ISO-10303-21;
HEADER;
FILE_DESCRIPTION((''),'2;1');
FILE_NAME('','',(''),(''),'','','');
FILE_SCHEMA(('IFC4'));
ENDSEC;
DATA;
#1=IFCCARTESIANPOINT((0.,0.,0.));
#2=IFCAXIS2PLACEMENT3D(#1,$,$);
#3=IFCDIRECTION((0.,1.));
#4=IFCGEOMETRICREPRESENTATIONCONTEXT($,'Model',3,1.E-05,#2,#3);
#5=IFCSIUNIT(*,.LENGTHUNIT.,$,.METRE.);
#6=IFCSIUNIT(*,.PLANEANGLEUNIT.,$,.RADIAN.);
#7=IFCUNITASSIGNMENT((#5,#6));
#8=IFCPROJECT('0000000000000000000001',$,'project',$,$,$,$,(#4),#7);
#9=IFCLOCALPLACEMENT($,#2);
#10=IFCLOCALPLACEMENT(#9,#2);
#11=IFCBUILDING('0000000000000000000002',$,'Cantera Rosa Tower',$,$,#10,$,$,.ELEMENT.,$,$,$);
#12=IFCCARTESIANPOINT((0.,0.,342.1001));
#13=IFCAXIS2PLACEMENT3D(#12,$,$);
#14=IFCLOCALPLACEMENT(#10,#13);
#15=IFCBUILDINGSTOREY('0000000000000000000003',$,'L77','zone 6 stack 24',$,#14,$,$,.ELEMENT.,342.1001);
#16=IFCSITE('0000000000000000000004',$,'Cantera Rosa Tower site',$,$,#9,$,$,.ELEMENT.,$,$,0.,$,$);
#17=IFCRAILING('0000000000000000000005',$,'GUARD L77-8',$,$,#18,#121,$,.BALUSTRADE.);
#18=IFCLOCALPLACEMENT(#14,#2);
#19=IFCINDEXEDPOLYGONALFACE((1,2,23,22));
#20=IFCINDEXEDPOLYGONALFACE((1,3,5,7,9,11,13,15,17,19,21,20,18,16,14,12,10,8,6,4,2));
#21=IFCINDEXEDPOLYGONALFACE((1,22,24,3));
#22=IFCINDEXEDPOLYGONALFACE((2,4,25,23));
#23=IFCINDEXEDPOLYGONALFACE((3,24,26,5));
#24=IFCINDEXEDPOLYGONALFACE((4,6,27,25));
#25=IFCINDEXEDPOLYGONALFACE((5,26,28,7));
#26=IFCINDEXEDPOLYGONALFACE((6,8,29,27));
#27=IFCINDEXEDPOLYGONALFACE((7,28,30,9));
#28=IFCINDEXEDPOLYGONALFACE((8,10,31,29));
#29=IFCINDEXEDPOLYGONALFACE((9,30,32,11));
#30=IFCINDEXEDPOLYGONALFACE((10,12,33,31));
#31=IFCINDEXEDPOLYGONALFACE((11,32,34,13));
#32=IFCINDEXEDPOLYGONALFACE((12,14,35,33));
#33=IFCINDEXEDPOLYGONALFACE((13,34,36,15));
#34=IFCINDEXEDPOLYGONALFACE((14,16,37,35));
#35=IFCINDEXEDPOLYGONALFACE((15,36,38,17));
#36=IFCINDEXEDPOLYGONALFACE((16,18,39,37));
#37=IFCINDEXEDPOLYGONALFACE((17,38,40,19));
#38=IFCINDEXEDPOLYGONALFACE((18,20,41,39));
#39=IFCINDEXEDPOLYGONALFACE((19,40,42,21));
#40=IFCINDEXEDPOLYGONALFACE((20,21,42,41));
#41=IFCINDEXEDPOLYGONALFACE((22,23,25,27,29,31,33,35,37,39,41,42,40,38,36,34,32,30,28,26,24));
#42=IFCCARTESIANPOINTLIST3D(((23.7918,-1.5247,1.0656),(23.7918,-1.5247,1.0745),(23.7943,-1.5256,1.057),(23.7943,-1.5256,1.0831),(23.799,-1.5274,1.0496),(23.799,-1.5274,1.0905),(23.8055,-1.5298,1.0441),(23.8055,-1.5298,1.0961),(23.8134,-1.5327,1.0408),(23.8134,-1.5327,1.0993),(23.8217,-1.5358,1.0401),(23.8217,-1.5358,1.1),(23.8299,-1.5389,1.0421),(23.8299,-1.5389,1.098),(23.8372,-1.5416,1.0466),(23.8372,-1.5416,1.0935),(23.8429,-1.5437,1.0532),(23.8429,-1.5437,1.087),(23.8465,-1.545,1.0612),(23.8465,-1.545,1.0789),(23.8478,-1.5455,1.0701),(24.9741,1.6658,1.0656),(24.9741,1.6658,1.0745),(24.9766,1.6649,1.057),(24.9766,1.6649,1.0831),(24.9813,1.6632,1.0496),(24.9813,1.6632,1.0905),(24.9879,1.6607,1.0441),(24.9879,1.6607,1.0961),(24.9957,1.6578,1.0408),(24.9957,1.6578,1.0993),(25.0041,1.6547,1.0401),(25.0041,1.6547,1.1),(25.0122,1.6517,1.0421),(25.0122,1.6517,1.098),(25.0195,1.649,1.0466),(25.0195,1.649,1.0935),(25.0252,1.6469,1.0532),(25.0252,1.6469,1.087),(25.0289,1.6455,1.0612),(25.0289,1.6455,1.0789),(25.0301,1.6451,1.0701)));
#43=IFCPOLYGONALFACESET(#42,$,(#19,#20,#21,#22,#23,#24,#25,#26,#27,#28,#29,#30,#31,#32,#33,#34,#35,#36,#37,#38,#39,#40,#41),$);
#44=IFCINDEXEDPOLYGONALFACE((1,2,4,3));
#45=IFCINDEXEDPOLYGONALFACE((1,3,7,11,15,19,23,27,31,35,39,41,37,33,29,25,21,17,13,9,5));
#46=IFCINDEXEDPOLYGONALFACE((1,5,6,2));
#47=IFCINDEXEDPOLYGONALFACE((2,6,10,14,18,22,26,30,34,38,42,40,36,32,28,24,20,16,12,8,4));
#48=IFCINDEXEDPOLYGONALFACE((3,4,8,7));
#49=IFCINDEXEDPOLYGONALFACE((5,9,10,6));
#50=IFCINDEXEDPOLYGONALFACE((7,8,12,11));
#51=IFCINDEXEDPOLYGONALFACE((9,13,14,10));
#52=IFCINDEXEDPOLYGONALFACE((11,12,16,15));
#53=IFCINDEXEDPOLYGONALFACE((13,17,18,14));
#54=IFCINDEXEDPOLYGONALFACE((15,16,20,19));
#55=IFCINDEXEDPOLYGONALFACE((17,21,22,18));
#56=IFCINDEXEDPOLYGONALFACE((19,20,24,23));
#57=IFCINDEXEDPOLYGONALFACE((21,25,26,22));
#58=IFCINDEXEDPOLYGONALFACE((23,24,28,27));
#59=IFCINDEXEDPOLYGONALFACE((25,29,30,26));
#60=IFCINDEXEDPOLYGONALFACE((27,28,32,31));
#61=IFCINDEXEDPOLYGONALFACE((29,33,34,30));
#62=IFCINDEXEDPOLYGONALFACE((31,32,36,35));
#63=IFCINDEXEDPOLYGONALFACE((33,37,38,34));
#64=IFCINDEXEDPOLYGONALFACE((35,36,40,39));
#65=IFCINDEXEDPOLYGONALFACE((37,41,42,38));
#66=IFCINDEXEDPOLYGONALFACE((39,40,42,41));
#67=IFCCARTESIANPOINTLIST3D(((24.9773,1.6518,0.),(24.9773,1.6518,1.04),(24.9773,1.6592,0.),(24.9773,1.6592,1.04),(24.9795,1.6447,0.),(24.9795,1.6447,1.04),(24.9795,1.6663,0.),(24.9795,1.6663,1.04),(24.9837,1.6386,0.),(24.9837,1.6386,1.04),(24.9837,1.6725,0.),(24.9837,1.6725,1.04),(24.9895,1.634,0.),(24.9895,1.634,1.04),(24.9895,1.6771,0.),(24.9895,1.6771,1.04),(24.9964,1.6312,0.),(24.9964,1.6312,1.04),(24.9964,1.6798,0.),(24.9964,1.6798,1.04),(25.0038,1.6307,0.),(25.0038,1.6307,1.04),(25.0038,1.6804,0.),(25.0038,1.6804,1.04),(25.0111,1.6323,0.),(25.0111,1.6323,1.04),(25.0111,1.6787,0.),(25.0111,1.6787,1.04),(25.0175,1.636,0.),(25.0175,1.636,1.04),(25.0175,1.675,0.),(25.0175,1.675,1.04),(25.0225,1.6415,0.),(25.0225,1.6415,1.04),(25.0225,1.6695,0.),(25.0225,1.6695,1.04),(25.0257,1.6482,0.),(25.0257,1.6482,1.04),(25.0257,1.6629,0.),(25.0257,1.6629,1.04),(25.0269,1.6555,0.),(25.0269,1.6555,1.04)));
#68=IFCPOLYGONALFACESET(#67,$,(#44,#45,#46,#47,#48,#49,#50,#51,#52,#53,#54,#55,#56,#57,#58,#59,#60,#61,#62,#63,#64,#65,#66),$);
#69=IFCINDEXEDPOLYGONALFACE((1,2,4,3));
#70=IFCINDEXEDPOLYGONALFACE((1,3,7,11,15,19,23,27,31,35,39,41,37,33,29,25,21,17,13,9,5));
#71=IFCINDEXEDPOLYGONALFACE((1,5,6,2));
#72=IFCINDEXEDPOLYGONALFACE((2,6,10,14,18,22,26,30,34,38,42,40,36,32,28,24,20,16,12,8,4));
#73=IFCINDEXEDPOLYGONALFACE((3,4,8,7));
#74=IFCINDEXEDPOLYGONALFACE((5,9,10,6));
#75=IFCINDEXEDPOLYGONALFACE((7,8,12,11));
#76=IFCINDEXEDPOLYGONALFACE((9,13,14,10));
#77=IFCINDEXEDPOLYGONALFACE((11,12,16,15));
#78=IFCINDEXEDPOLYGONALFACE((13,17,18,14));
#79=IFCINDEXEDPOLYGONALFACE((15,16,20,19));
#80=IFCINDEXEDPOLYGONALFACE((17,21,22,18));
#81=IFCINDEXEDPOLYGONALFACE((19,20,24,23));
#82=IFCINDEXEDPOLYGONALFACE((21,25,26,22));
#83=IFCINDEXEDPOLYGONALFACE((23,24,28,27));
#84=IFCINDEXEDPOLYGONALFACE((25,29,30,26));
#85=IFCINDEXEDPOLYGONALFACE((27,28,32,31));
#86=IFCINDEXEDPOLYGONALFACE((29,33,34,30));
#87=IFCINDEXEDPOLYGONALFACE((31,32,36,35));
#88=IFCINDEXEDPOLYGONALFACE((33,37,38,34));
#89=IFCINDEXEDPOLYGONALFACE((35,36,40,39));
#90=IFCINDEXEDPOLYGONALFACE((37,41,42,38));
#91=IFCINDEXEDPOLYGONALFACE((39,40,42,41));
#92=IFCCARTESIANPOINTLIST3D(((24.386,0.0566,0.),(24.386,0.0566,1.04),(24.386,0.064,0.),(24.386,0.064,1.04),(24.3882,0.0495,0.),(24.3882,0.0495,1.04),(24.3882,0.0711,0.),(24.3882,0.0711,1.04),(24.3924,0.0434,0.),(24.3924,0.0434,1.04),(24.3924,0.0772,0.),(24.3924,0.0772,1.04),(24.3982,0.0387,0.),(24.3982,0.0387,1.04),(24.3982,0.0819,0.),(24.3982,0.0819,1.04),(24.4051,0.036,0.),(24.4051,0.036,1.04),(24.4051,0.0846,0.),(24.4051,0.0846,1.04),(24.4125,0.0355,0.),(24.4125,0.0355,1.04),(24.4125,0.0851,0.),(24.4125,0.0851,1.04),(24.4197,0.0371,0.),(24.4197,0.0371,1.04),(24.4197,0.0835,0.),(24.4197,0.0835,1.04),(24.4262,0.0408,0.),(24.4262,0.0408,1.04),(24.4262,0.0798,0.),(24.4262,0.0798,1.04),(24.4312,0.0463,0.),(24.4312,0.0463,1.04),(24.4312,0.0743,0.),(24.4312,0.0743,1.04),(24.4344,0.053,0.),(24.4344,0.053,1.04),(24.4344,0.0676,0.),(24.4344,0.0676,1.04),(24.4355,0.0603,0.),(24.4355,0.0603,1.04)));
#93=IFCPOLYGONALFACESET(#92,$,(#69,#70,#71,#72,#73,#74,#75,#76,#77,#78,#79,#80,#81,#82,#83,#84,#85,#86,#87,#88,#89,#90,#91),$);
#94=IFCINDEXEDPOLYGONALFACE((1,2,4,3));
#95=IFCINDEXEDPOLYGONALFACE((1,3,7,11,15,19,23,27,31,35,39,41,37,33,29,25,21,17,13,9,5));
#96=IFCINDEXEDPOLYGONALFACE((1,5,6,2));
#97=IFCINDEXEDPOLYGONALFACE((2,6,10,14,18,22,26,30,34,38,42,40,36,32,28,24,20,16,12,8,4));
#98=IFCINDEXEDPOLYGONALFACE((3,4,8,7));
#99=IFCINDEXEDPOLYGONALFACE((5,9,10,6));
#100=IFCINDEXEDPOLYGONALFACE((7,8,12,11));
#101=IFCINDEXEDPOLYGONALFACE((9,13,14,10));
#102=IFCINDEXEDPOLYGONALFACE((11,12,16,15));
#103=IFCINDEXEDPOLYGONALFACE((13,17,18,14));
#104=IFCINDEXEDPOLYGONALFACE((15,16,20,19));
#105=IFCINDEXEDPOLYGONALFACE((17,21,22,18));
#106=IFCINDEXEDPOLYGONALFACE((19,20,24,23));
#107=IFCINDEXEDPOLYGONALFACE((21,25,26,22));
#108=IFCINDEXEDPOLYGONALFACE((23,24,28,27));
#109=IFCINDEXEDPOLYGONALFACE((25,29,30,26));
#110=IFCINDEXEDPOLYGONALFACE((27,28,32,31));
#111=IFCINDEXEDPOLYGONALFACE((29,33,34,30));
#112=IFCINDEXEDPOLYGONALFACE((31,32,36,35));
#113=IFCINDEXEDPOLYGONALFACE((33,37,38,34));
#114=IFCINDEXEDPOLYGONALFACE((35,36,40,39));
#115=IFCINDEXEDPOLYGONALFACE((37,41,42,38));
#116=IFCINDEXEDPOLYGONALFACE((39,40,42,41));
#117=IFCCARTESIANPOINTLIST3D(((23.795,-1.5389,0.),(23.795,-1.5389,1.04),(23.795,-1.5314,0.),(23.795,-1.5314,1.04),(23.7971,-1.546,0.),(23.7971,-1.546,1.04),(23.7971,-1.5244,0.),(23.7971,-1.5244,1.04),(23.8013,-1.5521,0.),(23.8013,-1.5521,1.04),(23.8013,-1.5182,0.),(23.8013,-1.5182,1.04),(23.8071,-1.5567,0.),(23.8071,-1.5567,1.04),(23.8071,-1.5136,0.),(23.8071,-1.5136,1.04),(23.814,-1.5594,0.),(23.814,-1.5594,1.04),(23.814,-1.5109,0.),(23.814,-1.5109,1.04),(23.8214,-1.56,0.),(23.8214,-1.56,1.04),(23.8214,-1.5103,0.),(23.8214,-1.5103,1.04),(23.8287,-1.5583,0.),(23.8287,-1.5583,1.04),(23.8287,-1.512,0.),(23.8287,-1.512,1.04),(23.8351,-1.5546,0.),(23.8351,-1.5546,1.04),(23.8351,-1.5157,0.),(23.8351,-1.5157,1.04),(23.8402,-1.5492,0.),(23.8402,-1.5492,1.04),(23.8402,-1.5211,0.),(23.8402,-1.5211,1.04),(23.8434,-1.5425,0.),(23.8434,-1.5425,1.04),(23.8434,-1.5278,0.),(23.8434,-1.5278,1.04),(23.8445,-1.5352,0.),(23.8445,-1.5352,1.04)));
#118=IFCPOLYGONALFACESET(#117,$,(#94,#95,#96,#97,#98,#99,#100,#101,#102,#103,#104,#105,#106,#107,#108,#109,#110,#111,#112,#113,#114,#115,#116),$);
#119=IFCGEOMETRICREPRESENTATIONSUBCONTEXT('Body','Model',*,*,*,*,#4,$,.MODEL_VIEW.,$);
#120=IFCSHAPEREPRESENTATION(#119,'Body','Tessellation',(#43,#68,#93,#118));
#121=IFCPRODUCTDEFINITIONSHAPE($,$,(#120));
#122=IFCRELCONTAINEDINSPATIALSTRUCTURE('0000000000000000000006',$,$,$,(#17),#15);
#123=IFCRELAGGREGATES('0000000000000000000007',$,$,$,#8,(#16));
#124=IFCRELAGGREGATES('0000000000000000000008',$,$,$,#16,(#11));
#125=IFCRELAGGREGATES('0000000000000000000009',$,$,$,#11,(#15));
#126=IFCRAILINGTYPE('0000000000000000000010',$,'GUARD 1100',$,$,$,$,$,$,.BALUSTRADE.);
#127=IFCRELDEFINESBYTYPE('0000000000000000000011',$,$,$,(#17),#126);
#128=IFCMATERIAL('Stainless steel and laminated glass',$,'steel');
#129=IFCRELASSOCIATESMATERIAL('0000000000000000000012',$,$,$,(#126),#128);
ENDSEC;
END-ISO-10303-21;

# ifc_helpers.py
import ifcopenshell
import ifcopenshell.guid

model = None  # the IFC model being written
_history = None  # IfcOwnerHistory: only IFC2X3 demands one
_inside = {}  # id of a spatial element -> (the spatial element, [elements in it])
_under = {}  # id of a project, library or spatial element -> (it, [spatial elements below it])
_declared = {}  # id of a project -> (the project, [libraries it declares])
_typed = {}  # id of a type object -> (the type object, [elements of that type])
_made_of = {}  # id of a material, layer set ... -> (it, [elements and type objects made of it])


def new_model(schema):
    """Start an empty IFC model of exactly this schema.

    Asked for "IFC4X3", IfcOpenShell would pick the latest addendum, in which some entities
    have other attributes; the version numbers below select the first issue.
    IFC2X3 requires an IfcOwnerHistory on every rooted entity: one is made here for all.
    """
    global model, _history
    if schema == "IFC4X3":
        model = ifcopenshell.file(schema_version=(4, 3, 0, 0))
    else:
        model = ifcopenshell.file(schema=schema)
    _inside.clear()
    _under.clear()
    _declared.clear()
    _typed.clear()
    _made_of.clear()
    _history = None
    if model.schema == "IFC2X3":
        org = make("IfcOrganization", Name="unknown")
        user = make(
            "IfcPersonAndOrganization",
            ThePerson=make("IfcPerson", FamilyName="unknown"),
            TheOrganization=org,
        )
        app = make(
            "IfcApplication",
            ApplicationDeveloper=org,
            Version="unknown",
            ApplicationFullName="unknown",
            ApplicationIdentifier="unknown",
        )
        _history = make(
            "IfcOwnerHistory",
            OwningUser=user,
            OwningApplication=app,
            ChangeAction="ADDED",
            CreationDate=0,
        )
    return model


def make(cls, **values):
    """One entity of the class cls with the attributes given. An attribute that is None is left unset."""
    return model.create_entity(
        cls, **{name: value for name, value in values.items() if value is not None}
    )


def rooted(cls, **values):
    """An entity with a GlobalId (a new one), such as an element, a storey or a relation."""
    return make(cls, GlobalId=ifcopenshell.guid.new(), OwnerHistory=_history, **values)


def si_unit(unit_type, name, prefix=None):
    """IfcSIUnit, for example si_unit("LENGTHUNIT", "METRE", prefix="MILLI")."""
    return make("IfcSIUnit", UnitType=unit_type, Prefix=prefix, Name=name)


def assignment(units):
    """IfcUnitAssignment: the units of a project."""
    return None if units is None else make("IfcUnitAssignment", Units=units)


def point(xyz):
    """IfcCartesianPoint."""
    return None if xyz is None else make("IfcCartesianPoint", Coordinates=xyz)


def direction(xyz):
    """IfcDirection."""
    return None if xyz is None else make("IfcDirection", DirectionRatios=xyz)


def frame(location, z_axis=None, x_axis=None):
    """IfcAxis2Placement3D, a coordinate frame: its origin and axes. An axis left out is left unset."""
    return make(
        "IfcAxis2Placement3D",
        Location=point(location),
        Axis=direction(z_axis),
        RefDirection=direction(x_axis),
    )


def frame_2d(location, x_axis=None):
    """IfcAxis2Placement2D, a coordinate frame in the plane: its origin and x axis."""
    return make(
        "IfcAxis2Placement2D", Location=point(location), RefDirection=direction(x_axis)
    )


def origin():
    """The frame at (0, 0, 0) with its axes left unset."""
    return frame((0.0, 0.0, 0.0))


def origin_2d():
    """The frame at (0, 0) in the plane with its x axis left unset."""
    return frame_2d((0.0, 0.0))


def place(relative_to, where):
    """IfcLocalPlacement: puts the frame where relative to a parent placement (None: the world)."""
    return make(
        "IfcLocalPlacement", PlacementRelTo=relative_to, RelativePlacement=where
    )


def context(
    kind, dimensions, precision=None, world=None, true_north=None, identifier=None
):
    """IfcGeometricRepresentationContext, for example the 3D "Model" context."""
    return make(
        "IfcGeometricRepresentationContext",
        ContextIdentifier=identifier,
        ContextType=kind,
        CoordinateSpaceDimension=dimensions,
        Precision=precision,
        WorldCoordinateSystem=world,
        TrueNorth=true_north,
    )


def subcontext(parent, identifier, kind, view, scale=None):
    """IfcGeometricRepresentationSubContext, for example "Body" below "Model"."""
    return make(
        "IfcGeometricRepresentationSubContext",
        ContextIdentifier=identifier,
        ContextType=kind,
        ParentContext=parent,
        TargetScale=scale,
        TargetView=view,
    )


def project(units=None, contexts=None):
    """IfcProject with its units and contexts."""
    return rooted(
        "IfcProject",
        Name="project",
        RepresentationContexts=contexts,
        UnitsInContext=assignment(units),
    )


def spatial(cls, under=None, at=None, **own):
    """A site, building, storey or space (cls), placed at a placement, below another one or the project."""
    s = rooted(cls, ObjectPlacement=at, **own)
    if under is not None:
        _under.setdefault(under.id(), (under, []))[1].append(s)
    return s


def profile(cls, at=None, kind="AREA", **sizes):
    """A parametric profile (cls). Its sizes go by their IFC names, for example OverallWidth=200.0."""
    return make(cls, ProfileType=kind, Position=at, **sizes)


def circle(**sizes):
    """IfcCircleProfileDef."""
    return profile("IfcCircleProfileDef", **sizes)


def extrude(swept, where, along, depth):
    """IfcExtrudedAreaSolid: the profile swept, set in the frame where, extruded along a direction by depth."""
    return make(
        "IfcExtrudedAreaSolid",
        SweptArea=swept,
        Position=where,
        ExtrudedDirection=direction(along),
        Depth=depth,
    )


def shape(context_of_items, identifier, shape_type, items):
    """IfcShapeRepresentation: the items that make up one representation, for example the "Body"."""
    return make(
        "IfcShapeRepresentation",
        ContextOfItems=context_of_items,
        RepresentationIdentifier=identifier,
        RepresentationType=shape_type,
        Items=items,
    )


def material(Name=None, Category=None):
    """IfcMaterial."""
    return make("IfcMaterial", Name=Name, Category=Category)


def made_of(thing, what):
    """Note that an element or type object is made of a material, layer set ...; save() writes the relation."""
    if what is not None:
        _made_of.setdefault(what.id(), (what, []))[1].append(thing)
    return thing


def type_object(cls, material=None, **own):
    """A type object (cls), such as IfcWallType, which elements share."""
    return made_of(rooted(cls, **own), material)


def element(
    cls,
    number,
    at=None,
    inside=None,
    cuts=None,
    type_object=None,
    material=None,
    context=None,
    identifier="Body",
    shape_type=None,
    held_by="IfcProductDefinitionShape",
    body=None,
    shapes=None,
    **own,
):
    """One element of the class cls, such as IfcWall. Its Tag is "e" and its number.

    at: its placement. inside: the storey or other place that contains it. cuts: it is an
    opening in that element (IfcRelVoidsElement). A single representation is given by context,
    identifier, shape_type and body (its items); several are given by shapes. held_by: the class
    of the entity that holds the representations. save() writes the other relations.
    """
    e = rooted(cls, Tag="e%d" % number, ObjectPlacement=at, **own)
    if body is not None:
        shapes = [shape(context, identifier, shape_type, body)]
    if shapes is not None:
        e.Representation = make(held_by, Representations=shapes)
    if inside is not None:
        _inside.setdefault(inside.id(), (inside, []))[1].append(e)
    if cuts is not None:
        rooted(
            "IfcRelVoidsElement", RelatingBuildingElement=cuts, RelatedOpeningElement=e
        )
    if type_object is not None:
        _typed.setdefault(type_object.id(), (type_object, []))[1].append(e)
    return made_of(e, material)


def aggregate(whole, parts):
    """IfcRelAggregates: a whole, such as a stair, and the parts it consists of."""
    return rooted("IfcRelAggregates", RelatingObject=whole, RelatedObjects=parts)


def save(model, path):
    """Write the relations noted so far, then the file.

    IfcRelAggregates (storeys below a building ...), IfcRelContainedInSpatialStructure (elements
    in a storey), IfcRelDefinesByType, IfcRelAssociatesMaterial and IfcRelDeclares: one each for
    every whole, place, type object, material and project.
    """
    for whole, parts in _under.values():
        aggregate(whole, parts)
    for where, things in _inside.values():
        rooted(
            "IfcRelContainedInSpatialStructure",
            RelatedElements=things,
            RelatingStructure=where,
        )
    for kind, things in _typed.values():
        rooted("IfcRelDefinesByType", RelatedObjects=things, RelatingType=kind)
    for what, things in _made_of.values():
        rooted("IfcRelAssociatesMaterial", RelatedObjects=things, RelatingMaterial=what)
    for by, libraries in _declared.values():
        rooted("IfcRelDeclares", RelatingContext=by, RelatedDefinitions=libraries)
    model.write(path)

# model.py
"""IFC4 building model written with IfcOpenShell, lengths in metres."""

from ifc_helpers import new_model, si_unit, direction, frame, origin, origin_2d, place, context, subcontext, project, spatial, circle, extrude, material, type_object, element, save


model = new_model("IFC4")

# Units and contexts
model_context = context("Model", 3, precision=1e-05, world=origin(), true_north=direction((0.0, 1.0)))
body_context = subcontext(model_context, "Body", "Model", "MODEL_VIEW")
ifc_project = project(units=[si_unit("LENGTHUNIT", "METRE"), si_unit("PLANEANGLEUNIT", "RADIAN")], contexts=[model_context])

# Site, building, storey
site_placement = place(None, origin())
site = spatial("IfcSite", under=ifc_project, at=site_placement, Name="Cantera Rosa Tower site", CompositionType="ELEMENT", RefElevation=0.0)
building_placement = place(site_placement, origin())
building = spatial("IfcBuilding", under=site, at=building_placement, Name="Cantera Rosa Tower", CompositionType="ELEMENT")
storey_placement = place(building_placement, frame((0.0, 0.0, 342.1001)))
storey = spatial("IfcBuildingStorey", under=building, at=storey_placement, Name="L77", Description="zone 6 stack 24", CompositionType="ELEMENT", Elevation=342.1001)

# Railing
ifc_material_1 = material(Name="Stainless steel and laminated glass", Category="steel")
railing_type_1 = type_object("IfcRailingType", Name="GUARD 1100", PredefinedType="BALUSTRADE", material=ifc_material_1)
railing_1_placement = place(storey_placement, frame((25.002, 1.6555, 0.0)))
element("IfcRailing", 1, at=railing_1_placement, inside=storey, type_object=railing_type_1, Name="GUARD L77-8", PredefinedType="BALUSTRADE", context=body_context, shape_type="SweptSolid", body=[
    extrude(circle(Radius=0.03, at=origin_2d()), frame((0.0, 0.0, 1.0701), z_axis=(-0.34748, -0.937687, 0.0), x_axis=(0.937687, -0.34748, 0.0)), (0.0, 0.0, 1.0), 3.4026),
    extrude(circle(Radius=0.0249, at=origin_2d()), origin(), (0.0, 0.0, 1.0), 1.04),
    extrude(circle(Radius=0.0249, at=origin_2d()), frame((-0.5913, -1.5952, 0.0)), (0.0, 0.0, 1.0), 1.04),
    extrude(circle(Radius=0.0249, at=origin_2d()), frame((-1.1824, -3.1907, 0.0)), (0.0, 0.0, 1.0), 1.04),
])

save(model, "model.ifc")
